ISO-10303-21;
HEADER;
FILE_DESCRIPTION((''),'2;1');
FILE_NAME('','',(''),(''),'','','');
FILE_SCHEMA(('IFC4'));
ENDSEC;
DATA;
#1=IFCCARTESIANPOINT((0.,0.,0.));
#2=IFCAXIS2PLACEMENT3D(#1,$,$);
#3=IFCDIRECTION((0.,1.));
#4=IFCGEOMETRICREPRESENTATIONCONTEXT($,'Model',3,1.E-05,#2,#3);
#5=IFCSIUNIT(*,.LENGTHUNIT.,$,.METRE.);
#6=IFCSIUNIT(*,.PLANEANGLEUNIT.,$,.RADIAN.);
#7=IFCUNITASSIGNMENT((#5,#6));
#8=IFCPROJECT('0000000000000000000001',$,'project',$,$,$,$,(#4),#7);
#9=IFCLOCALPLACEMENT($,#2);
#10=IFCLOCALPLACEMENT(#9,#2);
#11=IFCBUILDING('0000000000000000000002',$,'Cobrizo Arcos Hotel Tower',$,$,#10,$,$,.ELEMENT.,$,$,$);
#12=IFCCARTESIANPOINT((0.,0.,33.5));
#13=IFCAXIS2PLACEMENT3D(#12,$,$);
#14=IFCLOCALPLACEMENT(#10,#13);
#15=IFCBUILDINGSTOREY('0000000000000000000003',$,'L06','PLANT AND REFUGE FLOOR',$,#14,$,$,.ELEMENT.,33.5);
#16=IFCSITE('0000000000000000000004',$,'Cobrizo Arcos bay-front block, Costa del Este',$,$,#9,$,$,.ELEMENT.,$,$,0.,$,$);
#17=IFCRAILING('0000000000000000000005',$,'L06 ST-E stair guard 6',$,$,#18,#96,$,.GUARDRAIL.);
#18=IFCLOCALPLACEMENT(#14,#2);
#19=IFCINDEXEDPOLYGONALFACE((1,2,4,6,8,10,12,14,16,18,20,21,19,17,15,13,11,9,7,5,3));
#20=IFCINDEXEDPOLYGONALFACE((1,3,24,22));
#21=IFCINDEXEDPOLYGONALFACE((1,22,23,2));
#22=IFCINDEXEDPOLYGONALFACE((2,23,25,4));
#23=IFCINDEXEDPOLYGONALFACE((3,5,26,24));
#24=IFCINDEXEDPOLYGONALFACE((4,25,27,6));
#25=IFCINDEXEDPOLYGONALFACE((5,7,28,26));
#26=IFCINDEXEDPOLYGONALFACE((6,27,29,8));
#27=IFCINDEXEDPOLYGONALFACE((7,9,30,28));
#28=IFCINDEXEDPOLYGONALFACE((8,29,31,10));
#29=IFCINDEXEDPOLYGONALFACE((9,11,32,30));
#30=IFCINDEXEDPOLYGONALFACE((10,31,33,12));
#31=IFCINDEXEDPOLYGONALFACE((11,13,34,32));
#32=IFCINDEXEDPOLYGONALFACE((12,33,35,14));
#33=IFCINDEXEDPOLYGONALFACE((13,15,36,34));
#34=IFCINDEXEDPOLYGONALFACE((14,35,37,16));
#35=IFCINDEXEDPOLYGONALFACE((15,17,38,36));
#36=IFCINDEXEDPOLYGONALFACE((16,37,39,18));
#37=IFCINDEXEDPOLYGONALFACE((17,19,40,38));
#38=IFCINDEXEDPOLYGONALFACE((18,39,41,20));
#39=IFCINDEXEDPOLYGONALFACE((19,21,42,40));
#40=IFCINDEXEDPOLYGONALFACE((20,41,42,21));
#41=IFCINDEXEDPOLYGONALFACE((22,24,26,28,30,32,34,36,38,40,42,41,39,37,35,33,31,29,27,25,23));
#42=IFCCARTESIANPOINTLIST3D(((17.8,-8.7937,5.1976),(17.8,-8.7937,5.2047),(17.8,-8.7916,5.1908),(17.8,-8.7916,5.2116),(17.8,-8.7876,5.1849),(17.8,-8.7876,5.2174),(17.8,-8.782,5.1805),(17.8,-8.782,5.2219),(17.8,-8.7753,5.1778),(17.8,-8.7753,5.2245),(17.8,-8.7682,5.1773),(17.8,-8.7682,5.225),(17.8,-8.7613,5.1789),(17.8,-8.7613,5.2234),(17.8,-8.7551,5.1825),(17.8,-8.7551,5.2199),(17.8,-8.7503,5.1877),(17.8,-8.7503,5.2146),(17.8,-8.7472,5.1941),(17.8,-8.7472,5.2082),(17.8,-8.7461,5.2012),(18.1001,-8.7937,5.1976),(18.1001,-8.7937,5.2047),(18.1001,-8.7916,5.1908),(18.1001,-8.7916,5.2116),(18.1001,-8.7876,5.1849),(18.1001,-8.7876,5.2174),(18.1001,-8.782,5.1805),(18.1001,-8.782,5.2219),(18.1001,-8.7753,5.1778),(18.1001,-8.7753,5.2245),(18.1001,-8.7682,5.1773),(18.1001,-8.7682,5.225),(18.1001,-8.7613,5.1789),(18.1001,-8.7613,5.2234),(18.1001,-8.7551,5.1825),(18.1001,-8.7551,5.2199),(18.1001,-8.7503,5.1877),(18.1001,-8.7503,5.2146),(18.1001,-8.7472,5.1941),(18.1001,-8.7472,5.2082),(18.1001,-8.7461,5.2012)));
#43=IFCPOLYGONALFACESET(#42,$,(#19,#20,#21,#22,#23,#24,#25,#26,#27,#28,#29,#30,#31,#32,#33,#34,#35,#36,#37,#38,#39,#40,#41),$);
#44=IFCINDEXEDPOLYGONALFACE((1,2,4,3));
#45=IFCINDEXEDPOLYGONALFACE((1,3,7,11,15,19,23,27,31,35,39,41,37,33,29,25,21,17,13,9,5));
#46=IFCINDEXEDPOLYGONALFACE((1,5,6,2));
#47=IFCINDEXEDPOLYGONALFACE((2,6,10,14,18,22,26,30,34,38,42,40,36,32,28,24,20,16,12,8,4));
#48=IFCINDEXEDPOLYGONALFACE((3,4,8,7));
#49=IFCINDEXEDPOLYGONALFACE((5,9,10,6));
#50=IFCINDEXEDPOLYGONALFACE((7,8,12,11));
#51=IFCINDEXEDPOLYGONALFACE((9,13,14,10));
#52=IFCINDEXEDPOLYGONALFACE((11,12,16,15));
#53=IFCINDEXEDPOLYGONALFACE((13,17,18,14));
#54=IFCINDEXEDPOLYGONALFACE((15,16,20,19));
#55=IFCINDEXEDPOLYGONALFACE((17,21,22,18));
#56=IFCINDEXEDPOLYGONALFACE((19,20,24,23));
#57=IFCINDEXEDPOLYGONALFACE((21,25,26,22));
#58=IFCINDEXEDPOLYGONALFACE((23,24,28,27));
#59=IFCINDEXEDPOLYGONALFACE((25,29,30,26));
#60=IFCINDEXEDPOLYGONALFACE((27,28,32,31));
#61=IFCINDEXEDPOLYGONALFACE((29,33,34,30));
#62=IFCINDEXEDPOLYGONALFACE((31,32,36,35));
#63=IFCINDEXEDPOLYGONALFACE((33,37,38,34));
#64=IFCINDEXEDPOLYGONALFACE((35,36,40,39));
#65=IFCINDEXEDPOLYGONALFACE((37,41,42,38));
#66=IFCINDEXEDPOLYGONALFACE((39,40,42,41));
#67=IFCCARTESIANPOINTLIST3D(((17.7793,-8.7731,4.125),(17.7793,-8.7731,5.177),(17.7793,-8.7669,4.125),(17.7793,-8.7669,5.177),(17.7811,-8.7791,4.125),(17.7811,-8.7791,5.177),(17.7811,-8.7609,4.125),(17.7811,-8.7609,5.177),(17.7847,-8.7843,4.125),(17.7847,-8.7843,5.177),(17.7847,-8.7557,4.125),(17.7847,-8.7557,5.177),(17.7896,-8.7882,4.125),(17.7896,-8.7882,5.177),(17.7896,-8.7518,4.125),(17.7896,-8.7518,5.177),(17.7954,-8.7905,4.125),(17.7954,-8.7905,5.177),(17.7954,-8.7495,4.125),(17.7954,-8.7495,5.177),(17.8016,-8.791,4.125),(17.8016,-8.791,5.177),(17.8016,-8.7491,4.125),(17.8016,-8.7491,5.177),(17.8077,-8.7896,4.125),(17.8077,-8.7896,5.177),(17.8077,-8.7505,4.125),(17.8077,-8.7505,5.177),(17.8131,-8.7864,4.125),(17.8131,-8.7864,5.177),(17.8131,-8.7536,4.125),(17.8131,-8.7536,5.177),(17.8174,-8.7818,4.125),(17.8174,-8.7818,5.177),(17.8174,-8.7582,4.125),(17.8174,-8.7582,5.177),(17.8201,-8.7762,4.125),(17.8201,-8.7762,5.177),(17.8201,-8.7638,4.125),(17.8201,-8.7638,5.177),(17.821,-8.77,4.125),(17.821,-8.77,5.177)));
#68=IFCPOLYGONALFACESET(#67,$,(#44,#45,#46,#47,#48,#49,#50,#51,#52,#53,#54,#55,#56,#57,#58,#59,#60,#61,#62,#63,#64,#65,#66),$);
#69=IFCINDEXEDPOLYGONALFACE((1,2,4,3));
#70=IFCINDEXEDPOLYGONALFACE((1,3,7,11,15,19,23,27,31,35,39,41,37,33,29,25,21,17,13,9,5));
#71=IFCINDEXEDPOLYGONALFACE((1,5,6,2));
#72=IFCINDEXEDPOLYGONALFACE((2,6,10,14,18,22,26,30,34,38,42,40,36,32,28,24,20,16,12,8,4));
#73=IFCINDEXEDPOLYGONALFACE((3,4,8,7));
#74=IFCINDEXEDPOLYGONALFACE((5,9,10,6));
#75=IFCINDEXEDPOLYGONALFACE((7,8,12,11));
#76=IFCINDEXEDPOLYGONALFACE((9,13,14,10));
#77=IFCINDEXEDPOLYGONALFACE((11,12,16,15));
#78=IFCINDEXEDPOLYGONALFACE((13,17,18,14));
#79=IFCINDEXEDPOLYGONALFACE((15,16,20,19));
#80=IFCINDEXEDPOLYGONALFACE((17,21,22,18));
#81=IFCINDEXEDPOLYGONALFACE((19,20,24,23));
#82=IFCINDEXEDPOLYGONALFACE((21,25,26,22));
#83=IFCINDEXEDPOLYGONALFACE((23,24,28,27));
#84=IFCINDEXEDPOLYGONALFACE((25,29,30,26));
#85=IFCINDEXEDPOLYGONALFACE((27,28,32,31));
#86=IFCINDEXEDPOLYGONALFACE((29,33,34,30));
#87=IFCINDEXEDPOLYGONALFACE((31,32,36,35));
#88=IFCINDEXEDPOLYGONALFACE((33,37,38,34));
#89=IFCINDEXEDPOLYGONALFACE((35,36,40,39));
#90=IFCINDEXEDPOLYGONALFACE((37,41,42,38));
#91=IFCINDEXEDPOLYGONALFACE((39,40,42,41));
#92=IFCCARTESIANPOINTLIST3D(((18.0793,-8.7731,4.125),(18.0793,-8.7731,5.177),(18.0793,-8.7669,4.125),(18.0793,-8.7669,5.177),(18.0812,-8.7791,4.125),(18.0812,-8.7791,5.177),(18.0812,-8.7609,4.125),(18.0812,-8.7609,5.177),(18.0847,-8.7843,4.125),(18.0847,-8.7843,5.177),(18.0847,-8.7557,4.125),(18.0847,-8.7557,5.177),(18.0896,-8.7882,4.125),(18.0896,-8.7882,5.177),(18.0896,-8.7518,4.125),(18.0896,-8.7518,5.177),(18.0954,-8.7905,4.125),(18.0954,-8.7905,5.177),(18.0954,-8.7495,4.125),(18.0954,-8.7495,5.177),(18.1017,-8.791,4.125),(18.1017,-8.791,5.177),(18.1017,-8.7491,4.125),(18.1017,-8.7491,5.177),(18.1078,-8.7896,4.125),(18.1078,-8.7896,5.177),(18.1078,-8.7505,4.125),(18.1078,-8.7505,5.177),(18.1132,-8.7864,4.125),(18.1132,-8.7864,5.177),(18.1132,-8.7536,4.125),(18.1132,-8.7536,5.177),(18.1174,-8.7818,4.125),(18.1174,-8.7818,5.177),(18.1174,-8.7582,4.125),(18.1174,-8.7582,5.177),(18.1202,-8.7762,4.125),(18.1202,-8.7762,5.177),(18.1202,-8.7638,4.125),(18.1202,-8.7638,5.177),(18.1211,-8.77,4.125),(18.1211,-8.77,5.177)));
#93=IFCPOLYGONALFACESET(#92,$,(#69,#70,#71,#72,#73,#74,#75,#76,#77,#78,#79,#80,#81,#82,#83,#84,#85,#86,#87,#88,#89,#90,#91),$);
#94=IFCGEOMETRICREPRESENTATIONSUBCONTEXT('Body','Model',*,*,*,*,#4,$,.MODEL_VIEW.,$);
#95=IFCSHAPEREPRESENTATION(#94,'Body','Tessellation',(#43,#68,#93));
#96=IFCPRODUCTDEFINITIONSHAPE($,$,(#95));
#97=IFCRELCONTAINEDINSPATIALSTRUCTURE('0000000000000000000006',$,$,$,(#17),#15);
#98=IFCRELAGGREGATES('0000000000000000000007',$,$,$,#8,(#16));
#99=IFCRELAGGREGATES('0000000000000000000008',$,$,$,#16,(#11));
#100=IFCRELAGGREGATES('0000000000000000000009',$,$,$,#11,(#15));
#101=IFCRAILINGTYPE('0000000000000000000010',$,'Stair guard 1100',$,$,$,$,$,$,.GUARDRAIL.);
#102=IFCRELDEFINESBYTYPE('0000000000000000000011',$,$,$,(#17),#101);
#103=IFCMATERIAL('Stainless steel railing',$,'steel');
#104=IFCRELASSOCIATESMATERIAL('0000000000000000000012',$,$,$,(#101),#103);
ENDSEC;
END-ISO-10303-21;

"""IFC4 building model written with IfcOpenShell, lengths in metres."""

from ifc_helpers import new_model, si_unit, direction, frame, origin, origin_2d, place, context, subcontext, project, spatial, circle, extrude, material, type_object, element, save


model = new_model("IFC4")

# Units and contexts
model_context = context("Model", 3, precision=1e-05, world=origin(), true_north=direction((0.0, 1.0)))
body_context = subcontext(model_context, "Body", "Model", "MODEL_VIEW")
ifc_project = project(units=[si_unit("LENGTHUNIT", "METRE"), si_unit("PLANEANGLEUNIT", "RADIAN")], contexts=[model_context])

# Site, building, storey
site_placement = place(None, origin())
site = spatial("IfcSite", under=ifc_project, at=site_placement, Name="Cobrizo Arcos bay-front block, Costa del Este", CompositionType="ELEMENT", RefElevation=0.0)
building_placement = place(site_placement, origin())
building = spatial("IfcBuilding", under=site, at=building_placement, Name="Cobrizo Arcos Hotel Tower", CompositionType="ELEMENT")
storey_placement = place(building_placement, frame((0.0, 0.0, 33.5)))
storey = spatial("IfcBuildingStorey", under=building, at=storey_placement, Name="L06", Description="PLANT AND REFUGE FLOOR", CompositionType="ELEMENT", Elevation=33.5)

# Railing
ifc_material_1 = material(Name="Stainless steel railing", Category="steel")
railing_type = type_object("IfcRailingType", Name="Stair guard 1100", PredefinedType="GUARDRAIL", material=ifc_material_1)
railing_1_placement = place(storey_placement, frame((17.8, -8.77, 4.125)))
element("IfcRailing", 1, at=railing_1_placement, inside=storey, type_object=railing_type, Name="L06 ST-E stair guard 6", PredefinedType="GUARDRAIL", context=body_context, shape_type="SweptSolid", body=[
    extrude(circle(Radius=0.0239, at=origin_2d()), frame((0.0, 0.0, 1.0762), z_axis=(1.0, 0.0, 0.0), x_axis=(0.0, 1.0, 0.0)), (0.0, 0.0, 1.0), 0.3),
    extrude(circle(Radius=0.021, at=origin_2d()), origin(), (0.0, 0.0, 1.0), 1.052),
    extrude(circle(Radius=0.021, at=origin_2d()), frame((0.3, 0.0, 0.0)), (0.0, 0.0, 1.0), 1.052),
])

save(model, "model.ifc")
